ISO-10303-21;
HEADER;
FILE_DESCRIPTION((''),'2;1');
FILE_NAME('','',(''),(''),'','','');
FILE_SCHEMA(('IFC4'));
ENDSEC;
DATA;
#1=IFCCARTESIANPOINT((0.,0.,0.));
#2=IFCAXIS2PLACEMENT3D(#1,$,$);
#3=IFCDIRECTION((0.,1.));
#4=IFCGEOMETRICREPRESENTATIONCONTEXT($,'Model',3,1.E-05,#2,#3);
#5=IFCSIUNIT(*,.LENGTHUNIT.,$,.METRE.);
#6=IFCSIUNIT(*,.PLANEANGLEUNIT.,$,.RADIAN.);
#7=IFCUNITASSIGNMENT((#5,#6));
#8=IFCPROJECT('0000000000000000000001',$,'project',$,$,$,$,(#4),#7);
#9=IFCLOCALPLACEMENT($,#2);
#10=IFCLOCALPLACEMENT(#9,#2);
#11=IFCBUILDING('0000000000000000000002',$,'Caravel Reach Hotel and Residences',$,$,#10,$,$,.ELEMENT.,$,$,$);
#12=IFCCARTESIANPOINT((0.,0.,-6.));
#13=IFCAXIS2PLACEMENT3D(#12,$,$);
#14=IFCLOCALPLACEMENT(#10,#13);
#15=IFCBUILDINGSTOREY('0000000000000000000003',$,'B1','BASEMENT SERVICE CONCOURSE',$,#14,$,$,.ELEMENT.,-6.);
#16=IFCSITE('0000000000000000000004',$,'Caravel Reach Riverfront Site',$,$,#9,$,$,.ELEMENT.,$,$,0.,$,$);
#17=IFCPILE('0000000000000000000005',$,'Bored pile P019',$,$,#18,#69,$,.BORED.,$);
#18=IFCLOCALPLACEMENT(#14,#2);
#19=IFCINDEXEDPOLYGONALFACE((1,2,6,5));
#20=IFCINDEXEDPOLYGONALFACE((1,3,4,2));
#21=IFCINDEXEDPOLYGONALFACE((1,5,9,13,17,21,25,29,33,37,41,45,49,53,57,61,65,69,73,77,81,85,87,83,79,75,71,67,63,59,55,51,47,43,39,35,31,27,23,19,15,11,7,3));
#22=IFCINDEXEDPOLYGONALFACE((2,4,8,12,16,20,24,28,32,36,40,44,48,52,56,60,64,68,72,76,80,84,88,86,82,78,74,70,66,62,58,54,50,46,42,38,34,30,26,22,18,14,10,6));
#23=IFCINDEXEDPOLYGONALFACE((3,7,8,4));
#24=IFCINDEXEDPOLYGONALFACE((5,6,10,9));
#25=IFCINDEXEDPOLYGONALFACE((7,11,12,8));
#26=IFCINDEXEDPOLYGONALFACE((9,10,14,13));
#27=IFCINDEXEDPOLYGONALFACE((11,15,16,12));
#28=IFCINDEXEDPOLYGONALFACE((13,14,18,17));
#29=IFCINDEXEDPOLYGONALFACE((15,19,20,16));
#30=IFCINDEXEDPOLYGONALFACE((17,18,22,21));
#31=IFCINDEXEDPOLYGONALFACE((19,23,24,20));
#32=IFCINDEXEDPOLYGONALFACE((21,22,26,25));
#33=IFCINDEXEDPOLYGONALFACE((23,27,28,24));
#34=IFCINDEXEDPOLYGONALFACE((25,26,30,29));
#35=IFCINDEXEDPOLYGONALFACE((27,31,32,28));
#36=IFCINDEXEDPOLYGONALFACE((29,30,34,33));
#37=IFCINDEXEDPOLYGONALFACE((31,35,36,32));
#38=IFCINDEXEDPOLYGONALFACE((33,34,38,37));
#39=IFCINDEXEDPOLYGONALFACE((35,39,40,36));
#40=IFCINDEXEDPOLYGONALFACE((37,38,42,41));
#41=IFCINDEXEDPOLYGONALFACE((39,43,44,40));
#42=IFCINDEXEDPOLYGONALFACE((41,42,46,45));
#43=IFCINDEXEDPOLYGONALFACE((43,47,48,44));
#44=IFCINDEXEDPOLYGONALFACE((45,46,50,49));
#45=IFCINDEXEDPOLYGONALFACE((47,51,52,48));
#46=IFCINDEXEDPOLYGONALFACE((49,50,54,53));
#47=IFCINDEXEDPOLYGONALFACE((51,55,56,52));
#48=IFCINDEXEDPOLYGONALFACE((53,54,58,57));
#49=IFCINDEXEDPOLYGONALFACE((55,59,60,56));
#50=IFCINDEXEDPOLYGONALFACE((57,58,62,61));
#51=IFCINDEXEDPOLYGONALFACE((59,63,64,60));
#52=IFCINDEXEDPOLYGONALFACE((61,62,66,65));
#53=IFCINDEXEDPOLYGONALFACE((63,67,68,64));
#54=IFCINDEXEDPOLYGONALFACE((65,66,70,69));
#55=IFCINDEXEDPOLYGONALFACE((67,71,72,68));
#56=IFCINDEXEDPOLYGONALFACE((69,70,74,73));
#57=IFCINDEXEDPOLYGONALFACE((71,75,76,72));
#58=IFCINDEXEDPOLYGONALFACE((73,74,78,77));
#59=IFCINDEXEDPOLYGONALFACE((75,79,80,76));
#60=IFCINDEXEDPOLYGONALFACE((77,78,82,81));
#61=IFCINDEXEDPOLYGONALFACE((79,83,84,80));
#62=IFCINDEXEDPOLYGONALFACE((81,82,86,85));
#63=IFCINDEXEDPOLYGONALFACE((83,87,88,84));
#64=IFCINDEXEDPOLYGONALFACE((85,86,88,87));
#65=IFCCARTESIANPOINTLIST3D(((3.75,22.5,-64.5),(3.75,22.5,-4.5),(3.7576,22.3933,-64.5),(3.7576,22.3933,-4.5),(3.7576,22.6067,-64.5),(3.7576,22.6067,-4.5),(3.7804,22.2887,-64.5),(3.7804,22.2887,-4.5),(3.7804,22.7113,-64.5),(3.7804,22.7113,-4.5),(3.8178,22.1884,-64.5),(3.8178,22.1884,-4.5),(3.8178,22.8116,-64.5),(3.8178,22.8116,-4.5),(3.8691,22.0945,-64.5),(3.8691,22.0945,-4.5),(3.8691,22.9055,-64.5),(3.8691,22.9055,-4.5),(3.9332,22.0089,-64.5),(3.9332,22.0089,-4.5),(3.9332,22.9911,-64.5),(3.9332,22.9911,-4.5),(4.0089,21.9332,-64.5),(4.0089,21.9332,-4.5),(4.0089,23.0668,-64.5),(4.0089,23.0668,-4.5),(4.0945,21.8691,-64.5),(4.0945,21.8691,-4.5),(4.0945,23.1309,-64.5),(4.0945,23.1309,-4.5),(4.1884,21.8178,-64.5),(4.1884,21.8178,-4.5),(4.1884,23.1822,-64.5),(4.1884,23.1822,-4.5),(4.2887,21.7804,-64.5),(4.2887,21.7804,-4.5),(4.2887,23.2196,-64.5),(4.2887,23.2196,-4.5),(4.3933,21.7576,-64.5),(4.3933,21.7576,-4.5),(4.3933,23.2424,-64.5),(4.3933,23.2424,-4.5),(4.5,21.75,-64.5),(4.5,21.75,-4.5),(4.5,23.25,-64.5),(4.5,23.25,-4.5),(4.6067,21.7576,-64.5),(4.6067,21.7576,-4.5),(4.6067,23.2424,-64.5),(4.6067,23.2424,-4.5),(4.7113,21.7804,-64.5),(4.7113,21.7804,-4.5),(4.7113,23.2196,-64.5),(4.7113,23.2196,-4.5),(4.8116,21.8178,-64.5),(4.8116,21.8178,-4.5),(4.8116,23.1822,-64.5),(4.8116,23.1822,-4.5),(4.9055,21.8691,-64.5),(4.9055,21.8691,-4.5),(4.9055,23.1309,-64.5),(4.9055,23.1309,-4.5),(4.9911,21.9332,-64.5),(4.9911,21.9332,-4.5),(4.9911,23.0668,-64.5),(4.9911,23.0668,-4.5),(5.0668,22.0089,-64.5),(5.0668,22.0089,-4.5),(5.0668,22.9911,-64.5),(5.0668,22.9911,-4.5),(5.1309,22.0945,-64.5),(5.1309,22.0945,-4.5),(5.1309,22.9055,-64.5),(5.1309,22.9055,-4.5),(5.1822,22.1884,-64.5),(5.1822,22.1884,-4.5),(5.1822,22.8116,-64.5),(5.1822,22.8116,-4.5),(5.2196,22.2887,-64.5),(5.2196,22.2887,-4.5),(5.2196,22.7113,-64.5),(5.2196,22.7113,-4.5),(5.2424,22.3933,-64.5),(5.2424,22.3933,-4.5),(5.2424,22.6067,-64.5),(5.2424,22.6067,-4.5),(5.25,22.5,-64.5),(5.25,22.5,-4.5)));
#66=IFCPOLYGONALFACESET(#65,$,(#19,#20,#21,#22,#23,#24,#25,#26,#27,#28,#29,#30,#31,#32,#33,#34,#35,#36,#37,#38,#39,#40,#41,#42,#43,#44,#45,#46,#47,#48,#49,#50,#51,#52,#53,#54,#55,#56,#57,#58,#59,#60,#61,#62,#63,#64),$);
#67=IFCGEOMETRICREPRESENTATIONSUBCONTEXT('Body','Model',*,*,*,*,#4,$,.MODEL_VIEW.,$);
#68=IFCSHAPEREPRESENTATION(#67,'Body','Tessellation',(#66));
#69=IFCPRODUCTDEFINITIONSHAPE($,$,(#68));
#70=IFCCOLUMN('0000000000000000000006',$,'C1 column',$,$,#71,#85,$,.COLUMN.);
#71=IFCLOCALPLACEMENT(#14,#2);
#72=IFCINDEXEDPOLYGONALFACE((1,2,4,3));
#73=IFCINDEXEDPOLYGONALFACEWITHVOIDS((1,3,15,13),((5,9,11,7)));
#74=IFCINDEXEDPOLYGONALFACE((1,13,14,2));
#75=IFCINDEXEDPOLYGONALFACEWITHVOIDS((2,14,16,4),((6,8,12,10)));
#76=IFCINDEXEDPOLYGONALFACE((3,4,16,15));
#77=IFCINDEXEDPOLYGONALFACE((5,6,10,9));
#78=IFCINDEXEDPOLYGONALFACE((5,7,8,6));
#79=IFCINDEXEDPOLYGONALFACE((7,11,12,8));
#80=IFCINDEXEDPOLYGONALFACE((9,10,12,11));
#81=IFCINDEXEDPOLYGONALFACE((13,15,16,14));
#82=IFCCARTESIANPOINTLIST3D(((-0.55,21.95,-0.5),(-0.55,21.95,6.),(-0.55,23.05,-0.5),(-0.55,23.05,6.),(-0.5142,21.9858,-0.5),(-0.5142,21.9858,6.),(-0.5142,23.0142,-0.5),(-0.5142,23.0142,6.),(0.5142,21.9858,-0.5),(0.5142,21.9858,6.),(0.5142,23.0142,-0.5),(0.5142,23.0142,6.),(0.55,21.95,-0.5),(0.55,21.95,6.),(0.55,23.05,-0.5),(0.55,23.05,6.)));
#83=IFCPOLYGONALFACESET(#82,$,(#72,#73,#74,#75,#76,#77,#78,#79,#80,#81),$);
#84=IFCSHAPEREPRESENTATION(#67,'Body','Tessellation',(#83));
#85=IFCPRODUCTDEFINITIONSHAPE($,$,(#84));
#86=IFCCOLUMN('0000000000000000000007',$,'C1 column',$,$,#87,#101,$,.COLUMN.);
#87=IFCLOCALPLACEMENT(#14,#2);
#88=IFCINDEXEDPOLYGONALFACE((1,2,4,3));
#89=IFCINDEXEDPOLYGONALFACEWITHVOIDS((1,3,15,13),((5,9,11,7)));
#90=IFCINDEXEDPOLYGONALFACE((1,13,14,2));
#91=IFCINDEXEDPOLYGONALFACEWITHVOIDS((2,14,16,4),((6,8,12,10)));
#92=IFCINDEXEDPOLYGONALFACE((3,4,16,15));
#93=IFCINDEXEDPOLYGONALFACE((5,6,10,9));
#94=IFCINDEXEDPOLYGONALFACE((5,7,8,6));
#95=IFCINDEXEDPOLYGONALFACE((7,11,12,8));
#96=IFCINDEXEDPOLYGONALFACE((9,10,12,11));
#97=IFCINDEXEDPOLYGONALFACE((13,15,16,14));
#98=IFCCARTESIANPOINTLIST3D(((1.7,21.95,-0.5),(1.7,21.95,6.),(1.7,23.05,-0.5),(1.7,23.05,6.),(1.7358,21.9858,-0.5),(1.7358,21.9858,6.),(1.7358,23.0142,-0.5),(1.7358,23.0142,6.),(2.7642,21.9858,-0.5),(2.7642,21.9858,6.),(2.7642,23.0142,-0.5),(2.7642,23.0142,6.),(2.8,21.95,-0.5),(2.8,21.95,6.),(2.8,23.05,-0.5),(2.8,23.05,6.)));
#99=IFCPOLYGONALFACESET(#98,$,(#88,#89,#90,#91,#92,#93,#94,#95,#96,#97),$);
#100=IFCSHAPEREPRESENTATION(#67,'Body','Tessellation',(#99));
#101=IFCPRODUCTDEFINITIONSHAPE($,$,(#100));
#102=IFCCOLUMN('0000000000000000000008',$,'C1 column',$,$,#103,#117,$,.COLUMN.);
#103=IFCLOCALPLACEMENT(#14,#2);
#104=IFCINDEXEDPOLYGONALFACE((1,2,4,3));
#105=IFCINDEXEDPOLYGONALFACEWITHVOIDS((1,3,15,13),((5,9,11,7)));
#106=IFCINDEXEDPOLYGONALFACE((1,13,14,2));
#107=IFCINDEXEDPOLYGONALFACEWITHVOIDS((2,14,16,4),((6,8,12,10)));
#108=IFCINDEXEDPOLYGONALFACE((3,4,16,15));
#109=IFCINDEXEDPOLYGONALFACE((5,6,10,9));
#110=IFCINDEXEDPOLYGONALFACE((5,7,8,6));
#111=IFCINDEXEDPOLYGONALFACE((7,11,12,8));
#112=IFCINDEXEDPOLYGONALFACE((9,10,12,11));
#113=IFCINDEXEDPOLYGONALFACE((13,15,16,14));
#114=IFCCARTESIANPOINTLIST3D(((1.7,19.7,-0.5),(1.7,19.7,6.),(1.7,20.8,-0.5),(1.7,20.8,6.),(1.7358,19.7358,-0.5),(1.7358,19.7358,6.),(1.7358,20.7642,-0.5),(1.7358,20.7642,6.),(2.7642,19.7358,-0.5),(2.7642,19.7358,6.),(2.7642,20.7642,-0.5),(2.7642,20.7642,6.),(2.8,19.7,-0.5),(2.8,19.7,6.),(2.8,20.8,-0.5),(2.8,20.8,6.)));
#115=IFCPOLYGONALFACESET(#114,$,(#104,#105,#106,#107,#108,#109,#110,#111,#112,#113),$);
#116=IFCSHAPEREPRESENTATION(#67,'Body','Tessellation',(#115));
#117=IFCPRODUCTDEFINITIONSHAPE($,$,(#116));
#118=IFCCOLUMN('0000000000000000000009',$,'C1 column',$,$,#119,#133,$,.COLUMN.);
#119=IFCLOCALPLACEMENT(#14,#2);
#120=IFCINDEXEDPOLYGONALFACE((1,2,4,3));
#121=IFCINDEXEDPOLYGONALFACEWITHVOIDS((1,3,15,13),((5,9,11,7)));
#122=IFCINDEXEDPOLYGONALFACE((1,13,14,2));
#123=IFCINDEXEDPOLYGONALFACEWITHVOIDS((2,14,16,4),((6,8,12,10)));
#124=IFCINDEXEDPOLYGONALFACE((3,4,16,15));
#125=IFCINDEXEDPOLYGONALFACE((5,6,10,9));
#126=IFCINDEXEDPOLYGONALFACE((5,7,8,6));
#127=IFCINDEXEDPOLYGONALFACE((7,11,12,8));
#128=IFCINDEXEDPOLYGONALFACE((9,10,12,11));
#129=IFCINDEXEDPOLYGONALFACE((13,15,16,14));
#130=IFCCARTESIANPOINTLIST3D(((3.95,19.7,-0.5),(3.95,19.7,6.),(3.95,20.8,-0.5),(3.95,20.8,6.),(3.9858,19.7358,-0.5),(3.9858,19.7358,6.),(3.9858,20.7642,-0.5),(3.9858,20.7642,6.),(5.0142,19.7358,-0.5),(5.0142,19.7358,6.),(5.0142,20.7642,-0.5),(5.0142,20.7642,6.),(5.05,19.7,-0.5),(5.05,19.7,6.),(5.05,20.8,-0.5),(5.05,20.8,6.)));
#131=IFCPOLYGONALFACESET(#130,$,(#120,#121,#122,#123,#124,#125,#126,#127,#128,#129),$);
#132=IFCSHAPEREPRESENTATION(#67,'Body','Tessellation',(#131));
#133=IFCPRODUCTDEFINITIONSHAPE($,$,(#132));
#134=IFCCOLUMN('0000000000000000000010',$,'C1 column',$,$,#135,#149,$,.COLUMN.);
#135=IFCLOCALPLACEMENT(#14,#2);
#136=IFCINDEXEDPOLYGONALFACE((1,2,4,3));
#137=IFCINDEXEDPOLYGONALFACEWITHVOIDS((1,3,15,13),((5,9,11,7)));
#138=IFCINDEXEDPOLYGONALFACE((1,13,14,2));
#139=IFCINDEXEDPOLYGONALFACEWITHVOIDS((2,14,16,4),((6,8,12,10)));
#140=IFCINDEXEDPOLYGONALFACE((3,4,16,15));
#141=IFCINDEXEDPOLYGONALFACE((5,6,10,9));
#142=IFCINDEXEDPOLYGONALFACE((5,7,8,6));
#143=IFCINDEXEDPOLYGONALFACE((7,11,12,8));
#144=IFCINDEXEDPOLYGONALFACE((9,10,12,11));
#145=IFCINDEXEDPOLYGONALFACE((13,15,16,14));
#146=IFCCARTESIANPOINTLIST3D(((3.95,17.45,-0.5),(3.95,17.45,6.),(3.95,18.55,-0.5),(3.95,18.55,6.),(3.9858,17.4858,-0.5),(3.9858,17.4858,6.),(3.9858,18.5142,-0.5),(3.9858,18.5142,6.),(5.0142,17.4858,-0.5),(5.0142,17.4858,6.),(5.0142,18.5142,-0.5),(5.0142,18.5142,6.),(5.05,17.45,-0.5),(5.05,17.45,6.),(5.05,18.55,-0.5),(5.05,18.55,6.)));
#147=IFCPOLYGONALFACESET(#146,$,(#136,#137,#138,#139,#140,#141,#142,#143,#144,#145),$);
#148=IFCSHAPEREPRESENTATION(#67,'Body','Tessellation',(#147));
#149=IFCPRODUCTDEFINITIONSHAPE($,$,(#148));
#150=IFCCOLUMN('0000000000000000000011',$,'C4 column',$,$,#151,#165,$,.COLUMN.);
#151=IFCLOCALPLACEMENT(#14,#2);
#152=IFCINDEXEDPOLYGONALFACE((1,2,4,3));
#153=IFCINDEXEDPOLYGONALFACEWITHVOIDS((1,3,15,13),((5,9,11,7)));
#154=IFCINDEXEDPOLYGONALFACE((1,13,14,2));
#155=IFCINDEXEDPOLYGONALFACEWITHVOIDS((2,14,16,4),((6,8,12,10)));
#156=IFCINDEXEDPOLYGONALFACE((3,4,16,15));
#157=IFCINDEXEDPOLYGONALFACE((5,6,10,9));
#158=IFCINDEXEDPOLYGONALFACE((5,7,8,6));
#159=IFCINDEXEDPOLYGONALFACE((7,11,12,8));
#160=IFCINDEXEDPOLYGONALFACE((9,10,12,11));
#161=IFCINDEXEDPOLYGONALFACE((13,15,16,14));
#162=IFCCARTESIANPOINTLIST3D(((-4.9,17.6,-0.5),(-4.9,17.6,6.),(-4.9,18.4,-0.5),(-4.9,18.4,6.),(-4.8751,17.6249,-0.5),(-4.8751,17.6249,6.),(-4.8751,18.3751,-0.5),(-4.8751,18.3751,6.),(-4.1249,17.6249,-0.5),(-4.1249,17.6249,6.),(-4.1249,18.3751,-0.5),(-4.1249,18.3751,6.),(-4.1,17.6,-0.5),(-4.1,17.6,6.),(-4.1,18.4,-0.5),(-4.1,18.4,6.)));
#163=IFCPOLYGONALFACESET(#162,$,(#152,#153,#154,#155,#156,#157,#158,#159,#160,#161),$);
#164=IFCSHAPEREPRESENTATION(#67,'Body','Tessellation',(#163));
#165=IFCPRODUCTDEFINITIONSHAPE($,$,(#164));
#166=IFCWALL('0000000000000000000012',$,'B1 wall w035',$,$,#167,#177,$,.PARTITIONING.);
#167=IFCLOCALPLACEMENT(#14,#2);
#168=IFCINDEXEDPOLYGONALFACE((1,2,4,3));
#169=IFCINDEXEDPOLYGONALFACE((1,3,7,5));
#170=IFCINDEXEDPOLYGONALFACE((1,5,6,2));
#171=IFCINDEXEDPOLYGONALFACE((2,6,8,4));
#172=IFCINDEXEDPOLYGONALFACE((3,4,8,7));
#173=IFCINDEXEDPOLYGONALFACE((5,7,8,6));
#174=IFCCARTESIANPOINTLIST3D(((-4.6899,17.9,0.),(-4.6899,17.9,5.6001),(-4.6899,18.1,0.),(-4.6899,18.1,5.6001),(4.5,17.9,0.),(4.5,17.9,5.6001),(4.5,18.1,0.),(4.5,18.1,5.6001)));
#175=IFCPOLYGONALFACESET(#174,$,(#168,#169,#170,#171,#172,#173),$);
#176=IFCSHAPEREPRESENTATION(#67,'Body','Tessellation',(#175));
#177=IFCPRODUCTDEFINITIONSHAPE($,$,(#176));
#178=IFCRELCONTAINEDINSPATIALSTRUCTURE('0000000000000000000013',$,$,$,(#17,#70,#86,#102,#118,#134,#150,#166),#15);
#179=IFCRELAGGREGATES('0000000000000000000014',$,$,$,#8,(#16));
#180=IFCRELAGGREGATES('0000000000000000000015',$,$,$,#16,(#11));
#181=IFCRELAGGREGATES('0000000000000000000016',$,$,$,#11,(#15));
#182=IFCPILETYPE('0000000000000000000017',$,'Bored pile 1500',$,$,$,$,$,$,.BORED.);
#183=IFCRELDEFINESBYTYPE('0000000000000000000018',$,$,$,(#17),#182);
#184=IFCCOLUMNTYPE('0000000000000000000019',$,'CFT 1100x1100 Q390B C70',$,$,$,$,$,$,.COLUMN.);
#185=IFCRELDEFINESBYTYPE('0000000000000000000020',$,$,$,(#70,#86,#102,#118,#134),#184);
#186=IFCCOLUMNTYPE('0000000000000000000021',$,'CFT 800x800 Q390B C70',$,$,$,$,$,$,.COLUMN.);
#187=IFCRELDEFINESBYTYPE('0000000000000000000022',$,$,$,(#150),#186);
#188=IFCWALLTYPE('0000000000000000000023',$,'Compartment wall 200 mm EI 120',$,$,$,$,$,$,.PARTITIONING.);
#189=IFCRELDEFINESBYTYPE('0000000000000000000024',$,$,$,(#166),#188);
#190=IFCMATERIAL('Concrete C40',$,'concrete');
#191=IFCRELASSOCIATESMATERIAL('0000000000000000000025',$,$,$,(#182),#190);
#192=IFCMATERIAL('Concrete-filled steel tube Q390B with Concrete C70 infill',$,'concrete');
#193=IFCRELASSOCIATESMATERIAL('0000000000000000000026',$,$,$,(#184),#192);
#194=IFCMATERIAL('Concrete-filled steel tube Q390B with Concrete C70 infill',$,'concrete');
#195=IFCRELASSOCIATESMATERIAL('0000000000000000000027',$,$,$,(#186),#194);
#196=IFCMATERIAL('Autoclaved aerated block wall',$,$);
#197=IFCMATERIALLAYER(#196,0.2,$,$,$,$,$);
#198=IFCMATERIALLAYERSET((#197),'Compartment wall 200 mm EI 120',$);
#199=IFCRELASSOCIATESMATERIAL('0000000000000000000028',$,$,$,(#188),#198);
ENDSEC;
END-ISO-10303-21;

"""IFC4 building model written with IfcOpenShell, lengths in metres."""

from ifc_helpers import new_model, si_unit, direction, frame, frame_2d, origin, origin_2d, place, context, subcontext, project, spatial, rectangle, hollow_rectangle, circle, extrude, material, layer, layer_set, material_profile, profile_set, type_object, element, save


model = new_model("IFC4")

# Units and contexts
model_context = context("Model", 3, precision=1e-05, world=origin(), true_north=direction((0.0, 1.0)))
body_context = subcontext(model_context, "Body", "Model", "MODEL_VIEW")
ifc_project = project(units=[si_unit("LENGTHUNIT", "METRE"), si_unit("PLANEANGLEUNIT", "RADIAN")], contexts=[model_context])

# Site, building, storey
site_placement = place(None, origin())
site = spatial("IfcSite", under=ifc_project, at=site_placement, Name="Caravel Reach Riverfront Site", CompositionType="ELEMENT", RefElevation=0.0)
building_placement = place(site_placement, origin())
building = spatial("IfcBuilding", under=site, at=building_placement, Name="Caravel Reach Hotel and Residences", CompositionType="ELEMENT")
storey_placement = place(building_placement, frame((0.0, 0.0, -6.0)))
storey = spatial("IfcBuildingStorey", under=building, at=storey_placement, Name="B1", Description="BASEMENT SERVICE CONCOURSE", CompositionType="ELEMENT", Elevation=-6.0)

# Pile
ifc_material_1 = material(Name="Concrete C40", Category="concrete")
ifc_material_profile_1 = material_profile(ifc_material_1, circle(Radius=0.75, at=origin_2d()), Name="PILE 1500")
ifc_profile_set_1 = profile_set([ifc_material_profile_1], Name="Concrete C40")
pile_type_1 = type_object("IfcPileType", Name="Bored pile 1500", PredefinedType="BORED", material=ifc_profile_set_1)
for number, where, z_axis, x_axis, name in (
    (1, (4.5, 22.5, -4.5), (0.0, 0.0, -1.0), (1.0, 0.0, 0.0), "Bored pile P019"),
):
    element("IfcPile", number, at=place(storey_placement, frame(where, z_axis=z_axis, x_axis=x_axis)), inside=storey, type_object=pile_type_1, Name=name, PredefinedType="BORED", context=body_context, shape_type="SweptSolid", body=[
        extrude(circle(Radius=0.75, at=origin_2d()), origin(), (0.0, 0.0, 1.0), 60.0),
    ])

# Columns
ifc_material_2 = material(Name="Concrete-filled steel tube Q390B with Concrete C70 infill", Category="concrete")
ifc_material_profile_2 = material_profile(ifc_material_2, hollow_rectangle(XDim=1.1001, YDim=1.1001, WallThickness=0.0359, at=origin_2d()), Name="RHS 1100x1100x36")
ifc_profile_set_2 = profile_set([ifc_material_profile_2], Name="Concrete-filled steel tube Q390B with Concrete C70 infill")
column_type_1 = type_object("IfcColumnType", Name="CFT 1100x1100 Q390B C70", PredefinedType="COLUMN", material=ifc_profile_set_2)
for number, where, z_axis, x_axis, name in (
    (2, (0.0, 22.5, -0.5), (0.0, 0.0, 1.0), (1.0, 0.0, 0.0), "C1 column"),
    (3, (2.25, 22.5, -0.5), (0.0, 0.0, 1.0), (1.0, 0.0, 0.0), "C1 column"),
    (4, (2.25, 20.25, -0.5), (0.0, 0.0, 1.0), (1.0, 0.0, 0.0), "C1 column"),
    (5, (4.5, 20.25, -0.5), (0.0, 0.0, 1.0), (1.0, 0.0, 0.0), "C1 column"),
    (6, (4.5, 18.0, -0.5), (0.0, 0.0, 1.0), (1.0, 0.0, 0.0), "C1 column"),
):
    element("IfcColumn", number, at=place(storey_placement, frame(where, z_axis=z_axis, x_axis=x_axis)), inside=storey, type_object=column_type_1, Name=name, PredefinedType="COLUMN", context=body_context, shape_type="SweptSolid", body=[
        extrude(hollow_rectangle(XDim=1.1001, YDim=1.1001, WallThickness=0.0359, at=origin_2d()), origin(), (0.0, 0.0, 1.0), 6.5),
    ])
ifc_material_3 = material(Name="Concrete-filled steel tube Q390B with Concrete C70 infill", Category="concrete")
ifc_material_profile_3 = material_profile(ifc_material_3, hollow_rectangle(XDim=0.8, YDim=0.8, WallThickness=0.0249, at=origin_2d()), Name="RHS 800x800x25")
ifc_profile_set_3 = profile_set([ifc_material_profile_3], Name="Concrete-filled steel tube Q390B with Concrete C70 infill")
column_type_2 = type_object("IfcColumnType", Name="CFT 800x800 Q390B C70", PredefinedType="COLUMN", material=ifc_profile_set_3)
column_placement = place(storey_placement, frame((-4.5, 18.0, -0.5), z_axis=(0.0, 0.0, 1.0), x_axis=(1.0, 0.0, 0.0)))
element("IfcColumn", 7, at=column_placement, inside=storey, type_object=column_type_2, Name="C4 column", PredefinedType="COLUMN", context=body_context, shape_type="SweptSolid", body=[
    extrude(hollow_rectangle(XDim=0.8, YDim=0.8, WallThickness=0.0249, at=origin_2d()), origin(), (0.0, 0.0, 1.0), 6.5),
])

# Wall
ifc_material_4 = material(Name="Autoclaved aerated block wall")
ifc_layer_1 = layer(ifc_material_4, 0.2)
ifc_layer_set_1 = layer_set([ifc_layer_1], Name="Compartment wall 200 mm EI 120")
wall_type_1 = type_object("IfcWallType", Name="Compartment wall 200 mm EI 120", PredefinedType="PARTITIONING", material=ifc_layer_set_1)
wall_1_placement = place(storey_placement, frame((-4.6899, 18.0, 0.0), z_axis=(0.0, 0.0, 1.0), x_axis=(1.0, 0.0, 0.0)))
element("IfcWall", 8, at=wall_1_placement, inside=storey, type_object=wall_type_1, Name="B1 wall w035", PredefinedType="PARTITIONING", context=body_context, shape_type="SweptSolid", body=[
    extrude(rectangle(XDim=9.1899, YDim=0.2, at=frame_2d((4.595, 0.0))), origin(), (0.0, 0.0, 1.0), 5.6001),
])

save(model, "model.ifc")
